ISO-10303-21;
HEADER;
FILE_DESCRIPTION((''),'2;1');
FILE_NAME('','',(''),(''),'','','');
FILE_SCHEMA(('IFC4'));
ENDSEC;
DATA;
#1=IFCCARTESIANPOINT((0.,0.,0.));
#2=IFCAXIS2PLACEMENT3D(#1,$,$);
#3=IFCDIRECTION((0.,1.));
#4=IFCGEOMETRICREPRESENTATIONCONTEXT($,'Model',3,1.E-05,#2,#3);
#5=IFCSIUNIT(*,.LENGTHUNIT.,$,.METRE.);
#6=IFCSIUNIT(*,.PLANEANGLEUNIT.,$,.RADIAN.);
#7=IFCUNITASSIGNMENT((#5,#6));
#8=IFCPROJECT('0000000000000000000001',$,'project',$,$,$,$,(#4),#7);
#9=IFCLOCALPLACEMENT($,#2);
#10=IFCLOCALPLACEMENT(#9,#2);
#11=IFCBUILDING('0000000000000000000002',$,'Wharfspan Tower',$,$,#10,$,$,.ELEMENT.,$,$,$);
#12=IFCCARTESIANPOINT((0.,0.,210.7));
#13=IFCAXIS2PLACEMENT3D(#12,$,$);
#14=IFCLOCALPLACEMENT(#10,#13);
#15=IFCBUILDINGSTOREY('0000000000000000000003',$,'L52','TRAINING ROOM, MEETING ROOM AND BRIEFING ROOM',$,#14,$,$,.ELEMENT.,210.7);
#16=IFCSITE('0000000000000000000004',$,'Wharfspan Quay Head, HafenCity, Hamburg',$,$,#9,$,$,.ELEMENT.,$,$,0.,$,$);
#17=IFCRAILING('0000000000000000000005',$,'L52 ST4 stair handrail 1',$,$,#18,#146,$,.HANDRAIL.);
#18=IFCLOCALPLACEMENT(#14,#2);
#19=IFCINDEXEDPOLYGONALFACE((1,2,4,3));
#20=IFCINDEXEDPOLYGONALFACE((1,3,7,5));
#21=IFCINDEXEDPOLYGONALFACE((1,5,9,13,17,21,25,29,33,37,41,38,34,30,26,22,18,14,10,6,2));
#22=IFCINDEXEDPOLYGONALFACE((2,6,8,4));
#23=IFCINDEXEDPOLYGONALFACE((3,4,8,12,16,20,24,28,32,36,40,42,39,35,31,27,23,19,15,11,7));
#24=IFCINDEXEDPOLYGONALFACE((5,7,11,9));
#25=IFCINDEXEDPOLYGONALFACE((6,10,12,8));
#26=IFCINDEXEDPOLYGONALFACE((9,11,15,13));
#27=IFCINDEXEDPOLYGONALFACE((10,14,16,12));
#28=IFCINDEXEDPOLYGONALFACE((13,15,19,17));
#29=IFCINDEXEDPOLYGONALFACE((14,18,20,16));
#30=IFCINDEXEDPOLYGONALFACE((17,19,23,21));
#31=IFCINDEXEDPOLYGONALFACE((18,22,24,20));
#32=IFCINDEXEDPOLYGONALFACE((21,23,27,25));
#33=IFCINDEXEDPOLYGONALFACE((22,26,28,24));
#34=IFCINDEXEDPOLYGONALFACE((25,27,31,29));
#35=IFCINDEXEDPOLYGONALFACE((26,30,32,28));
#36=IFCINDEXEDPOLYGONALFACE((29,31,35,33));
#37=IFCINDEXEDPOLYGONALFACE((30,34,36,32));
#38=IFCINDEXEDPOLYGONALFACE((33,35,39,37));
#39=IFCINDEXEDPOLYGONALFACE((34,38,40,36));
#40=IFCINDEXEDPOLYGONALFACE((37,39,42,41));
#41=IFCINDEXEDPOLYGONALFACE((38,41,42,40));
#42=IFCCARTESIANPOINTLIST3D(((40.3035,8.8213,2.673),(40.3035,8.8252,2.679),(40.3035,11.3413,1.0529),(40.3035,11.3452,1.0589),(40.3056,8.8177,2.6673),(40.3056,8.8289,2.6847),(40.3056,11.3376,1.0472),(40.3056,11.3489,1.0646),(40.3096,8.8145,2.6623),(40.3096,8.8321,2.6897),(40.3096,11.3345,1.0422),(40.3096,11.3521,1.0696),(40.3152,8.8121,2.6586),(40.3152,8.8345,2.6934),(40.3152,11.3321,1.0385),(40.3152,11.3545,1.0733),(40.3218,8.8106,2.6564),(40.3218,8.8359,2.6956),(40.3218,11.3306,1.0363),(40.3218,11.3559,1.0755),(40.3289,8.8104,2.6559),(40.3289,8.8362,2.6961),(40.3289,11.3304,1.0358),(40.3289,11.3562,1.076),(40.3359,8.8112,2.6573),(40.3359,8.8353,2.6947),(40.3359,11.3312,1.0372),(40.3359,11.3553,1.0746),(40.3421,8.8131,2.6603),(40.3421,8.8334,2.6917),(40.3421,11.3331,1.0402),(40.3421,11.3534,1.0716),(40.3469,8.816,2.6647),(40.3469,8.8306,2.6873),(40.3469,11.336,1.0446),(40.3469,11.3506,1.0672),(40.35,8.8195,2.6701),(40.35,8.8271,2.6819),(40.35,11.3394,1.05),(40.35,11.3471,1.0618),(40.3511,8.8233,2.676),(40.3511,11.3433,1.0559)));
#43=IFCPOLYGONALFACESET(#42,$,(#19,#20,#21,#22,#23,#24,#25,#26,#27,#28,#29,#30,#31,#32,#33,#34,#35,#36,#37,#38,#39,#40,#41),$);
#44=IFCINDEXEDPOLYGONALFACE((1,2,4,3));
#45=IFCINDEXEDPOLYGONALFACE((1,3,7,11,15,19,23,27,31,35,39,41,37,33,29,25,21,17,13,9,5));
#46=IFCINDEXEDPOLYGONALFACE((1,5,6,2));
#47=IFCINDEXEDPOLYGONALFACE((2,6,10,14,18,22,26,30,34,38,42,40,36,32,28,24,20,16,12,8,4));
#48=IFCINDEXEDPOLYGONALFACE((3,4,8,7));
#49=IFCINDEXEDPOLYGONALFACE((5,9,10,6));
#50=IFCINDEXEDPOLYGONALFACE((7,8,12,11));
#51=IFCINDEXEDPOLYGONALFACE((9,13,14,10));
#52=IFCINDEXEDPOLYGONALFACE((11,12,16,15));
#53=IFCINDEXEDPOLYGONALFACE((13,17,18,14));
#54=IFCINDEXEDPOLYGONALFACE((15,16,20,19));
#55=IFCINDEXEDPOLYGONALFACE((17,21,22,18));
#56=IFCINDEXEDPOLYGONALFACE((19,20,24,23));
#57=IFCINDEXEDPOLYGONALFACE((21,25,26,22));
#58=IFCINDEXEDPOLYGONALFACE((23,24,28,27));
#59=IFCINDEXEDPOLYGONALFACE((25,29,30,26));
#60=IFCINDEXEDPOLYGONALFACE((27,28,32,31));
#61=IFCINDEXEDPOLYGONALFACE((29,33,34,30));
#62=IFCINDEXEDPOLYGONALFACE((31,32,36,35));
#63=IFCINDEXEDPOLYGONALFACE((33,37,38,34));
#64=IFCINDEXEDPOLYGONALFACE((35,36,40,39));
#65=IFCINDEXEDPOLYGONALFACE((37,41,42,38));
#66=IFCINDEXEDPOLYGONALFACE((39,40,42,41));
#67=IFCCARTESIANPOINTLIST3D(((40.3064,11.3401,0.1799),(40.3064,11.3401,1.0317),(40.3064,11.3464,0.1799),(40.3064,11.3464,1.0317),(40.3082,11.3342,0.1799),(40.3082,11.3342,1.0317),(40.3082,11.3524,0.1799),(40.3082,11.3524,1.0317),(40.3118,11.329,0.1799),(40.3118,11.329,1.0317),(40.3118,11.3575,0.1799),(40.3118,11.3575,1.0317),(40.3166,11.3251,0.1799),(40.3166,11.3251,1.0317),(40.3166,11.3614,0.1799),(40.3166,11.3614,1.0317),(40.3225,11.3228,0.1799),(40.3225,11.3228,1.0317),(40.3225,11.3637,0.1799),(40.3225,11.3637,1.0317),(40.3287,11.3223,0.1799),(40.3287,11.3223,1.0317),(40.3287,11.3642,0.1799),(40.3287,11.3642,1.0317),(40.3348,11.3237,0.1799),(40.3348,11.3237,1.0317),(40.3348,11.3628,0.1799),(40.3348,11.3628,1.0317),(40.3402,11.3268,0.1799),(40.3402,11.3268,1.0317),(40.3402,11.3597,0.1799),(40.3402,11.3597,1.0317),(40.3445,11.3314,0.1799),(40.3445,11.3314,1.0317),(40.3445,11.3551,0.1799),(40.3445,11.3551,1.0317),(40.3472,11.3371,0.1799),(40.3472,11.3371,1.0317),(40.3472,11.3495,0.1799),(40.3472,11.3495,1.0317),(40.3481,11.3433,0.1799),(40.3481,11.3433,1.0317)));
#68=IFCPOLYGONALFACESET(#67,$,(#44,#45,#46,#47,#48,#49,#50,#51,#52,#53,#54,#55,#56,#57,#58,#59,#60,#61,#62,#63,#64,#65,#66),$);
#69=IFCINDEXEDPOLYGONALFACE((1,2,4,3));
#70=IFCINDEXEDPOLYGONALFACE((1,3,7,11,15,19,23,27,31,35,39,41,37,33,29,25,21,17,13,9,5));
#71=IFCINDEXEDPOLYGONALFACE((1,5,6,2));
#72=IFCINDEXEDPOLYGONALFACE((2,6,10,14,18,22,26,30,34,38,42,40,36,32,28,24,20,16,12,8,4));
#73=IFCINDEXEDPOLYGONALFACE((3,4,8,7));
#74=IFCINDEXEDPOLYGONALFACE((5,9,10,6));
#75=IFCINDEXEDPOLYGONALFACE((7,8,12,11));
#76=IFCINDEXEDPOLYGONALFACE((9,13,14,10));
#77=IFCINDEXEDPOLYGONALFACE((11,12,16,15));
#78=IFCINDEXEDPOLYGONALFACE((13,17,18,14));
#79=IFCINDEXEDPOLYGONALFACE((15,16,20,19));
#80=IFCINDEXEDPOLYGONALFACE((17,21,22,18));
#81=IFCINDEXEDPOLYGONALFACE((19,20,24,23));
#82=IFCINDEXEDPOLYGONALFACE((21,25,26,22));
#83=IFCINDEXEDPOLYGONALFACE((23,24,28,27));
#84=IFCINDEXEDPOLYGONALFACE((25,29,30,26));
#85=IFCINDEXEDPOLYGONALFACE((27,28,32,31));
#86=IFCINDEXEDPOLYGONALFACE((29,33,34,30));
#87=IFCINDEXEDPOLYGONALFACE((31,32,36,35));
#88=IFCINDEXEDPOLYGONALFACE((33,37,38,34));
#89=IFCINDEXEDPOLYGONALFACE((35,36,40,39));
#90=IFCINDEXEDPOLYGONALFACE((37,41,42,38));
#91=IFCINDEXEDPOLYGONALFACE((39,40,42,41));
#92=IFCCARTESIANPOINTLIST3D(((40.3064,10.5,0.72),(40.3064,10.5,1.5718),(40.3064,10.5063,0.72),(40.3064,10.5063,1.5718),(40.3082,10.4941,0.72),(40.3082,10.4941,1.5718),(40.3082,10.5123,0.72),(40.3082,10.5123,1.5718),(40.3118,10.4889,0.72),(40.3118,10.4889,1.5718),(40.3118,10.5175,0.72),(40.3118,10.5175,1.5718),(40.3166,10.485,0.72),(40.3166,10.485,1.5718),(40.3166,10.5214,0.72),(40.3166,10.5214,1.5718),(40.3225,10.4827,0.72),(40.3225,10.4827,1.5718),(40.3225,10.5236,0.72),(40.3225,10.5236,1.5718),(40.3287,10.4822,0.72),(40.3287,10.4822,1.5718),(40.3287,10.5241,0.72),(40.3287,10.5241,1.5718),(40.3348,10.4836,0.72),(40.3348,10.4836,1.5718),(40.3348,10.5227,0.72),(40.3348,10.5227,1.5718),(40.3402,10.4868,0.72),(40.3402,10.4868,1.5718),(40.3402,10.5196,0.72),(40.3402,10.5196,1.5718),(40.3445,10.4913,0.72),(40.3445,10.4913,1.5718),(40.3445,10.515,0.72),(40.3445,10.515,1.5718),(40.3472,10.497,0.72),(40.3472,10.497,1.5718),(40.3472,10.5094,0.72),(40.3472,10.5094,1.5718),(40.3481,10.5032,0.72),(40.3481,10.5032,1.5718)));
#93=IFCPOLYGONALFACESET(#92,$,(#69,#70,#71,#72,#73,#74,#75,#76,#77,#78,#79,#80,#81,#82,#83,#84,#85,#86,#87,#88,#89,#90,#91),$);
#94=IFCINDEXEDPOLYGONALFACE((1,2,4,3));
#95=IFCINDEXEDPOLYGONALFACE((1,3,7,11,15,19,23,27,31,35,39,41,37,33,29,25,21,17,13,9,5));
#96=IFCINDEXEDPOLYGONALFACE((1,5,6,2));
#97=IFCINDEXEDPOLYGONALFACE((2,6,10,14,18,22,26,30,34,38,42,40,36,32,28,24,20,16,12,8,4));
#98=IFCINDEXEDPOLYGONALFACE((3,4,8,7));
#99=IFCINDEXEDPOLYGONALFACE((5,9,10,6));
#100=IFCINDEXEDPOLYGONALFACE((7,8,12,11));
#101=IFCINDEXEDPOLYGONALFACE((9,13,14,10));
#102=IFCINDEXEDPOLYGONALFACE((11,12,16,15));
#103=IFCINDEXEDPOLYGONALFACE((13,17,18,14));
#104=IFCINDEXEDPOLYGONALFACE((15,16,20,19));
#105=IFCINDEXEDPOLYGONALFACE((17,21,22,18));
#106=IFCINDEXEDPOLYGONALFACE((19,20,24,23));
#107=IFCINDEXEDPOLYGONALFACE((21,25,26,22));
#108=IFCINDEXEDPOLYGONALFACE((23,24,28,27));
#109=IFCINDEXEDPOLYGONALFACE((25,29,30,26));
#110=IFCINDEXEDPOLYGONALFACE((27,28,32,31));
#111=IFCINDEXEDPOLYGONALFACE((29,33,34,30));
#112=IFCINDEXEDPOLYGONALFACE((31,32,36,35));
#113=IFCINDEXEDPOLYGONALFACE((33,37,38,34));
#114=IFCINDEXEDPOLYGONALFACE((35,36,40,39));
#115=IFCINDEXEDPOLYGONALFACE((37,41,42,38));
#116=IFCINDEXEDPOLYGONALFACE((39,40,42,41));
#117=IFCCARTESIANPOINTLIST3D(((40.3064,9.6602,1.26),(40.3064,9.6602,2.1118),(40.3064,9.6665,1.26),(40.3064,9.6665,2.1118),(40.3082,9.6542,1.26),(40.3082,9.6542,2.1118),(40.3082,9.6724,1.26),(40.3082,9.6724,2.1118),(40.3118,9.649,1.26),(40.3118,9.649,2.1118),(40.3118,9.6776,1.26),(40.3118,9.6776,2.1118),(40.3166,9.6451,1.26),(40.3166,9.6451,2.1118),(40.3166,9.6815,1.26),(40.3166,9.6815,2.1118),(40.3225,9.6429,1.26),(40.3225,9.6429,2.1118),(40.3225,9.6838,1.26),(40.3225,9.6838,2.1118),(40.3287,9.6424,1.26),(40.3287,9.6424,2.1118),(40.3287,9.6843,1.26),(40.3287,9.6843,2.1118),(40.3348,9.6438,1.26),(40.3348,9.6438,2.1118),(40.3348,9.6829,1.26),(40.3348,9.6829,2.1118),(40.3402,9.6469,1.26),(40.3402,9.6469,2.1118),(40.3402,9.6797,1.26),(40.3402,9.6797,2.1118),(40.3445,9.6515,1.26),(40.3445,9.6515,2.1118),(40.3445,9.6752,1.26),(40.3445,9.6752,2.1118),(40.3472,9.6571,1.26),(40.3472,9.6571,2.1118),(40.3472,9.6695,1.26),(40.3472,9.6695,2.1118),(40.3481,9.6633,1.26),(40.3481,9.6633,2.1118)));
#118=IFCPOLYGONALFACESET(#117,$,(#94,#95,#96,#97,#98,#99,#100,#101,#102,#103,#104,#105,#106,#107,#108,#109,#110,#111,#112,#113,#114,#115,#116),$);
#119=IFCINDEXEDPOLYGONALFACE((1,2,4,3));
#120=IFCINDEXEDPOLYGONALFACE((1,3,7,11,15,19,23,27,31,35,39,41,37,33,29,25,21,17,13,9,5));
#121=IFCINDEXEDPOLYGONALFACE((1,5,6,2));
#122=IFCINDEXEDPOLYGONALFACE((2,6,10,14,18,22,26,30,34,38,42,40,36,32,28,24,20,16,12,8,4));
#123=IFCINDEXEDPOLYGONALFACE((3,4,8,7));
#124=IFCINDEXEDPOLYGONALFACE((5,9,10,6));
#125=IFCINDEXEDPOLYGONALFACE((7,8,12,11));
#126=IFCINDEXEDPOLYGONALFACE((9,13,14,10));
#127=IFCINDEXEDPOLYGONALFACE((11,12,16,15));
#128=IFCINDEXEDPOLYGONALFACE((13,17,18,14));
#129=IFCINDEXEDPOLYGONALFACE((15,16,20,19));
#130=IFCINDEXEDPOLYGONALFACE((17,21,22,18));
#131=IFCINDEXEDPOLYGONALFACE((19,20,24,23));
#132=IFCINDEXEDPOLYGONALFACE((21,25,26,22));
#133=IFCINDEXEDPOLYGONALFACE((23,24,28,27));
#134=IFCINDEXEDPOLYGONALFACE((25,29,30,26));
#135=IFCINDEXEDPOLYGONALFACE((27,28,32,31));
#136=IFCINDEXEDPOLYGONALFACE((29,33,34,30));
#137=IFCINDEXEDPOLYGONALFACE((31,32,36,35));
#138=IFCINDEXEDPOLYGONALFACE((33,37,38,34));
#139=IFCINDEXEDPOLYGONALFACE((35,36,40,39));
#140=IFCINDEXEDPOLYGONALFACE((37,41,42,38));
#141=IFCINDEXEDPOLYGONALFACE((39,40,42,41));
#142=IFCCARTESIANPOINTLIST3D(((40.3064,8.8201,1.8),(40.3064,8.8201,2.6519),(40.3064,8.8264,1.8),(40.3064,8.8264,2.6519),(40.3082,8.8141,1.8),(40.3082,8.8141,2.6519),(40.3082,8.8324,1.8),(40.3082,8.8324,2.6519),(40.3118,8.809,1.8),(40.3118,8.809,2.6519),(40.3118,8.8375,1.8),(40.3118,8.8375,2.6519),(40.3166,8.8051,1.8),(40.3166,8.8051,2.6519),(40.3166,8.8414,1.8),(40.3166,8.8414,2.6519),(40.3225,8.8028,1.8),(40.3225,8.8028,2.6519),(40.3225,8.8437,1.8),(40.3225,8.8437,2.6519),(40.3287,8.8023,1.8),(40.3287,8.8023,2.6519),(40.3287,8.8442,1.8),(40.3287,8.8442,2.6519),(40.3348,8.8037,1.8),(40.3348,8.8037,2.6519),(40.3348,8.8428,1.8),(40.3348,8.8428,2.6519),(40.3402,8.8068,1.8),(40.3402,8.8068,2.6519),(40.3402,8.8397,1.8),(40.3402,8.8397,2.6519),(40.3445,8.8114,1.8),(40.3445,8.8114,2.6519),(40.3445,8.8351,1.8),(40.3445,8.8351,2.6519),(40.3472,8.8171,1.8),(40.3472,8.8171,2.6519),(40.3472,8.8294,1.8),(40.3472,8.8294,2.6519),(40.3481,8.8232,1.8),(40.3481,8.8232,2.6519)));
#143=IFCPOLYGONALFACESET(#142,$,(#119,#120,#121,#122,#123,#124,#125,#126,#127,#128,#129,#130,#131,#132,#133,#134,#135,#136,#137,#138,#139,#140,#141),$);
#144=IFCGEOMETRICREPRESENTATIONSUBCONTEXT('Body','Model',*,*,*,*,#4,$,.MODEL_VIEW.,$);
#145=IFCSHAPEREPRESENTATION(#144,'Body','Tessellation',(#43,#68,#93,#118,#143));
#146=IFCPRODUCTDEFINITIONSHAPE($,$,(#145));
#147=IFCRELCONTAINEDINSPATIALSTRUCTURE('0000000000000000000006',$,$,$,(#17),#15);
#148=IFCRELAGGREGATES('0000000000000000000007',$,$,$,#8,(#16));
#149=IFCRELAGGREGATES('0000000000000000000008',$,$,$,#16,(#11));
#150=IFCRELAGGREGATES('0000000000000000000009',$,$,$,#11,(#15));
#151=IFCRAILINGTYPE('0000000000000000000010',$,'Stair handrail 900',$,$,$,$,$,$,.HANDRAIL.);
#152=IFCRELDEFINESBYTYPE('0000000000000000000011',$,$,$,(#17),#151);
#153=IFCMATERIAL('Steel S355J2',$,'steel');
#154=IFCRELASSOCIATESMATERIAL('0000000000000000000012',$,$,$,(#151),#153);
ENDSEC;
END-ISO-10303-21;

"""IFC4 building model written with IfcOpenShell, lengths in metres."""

from ifc_helpers import new_model, si_unit, direction, frame, origin, origin_2d, place, context, subcontext, project, spatial, circle, extrude, material, type_object, element, save


model = new_model("IFC4")

# Units and contexts
model_context = context("Model", 3, precision=1e-05, world=origin(), true_north=direction((0.0, 1.0)))
body_context = subcontext(model_context, "Body", "Model", "MODEL_VIEW")
ifc_project = project(units=[si_unit("LENGTHUNIT", "METRE"), si_unit("PLANEANGLEUNIT", "RADIAN")], contexts=[model_context])

# Site, building, storey
site_placement = place(None, origin())
site = spatial("IfcSite", under=ifc_project, at=site_placement, Name="Wharfspan Quay Head, HafenCity, Hamburg", CompositionType="ELEMENT", RefElevation=0.0)
building_placement = place(site_placement, origin())
building = spatial("IfcBuilding", under=site, at=building_placement, Name="Wharfspan Tower", CompositionType="ELEMENT")
storey_placement = place(building_placement, frame((0.0, 0.0, 210.7)))
storey = spatial("IfcBuildingStorey", under=building, at=storey_placement, Name="L52", Description="TRAINING ROOM, MEETING ROOM AND BRIEFING ROOM", CompositionType="ELEMENT", Elevation=210.7)

# Shared definitions
ifc_material_1 = material(Name="Steel S355J2", Category="steel")

# Railing
railing_type_1 = type_object("IfcRailingType", Name="Stair handrail 900", PredefinedType="HANDRAIL", material=ifc_material_1)
railing_1_placement = place(storey_placement, frame((40.3271, 11.3433, 0.1799)))
element("IfcRailing", 1, at=railing_1_placement, inside=storey, type_object=railing_type_1, Name="L52 ST4 stair handrail 1", PredefinedType="HANDRAIL", context=body_context, shape_type="SweptSolid", body=[
    extrude(circle(Radius=0.0239, at=origin_2d()), frame((0.0, 0.0, 0.876), z_axis=(0.0, -0.841163, 0.540782), x_axis=(1.0, 0.0, 0.0)), (0.0, 0.0, 1.0), 2.9958),
    extrude(circle(Radius=0.021, at=origin_2d()), origin(), (0.0, 0.0, 1.0), 0.8518),
    extrude(circle(Radius=0.021, at=origin_2d()), frame((0.0, -0.8401, 0.54)), (0.0, 0.0, 1.0), 0.8518),
    extrude(circle(Radius=0.021, at=origin_2d()), frame((0.0, -1.6799, 1.0801)), (0.0, 0.0, 1.0), 0.8518),
    extrude(circle(Radius=0.021, at=origin_2d()), frame((0.0, -2.52, 1.6201)), (0.0, 0.0, 1.0), 0.8518),
])

save(model, "model.ifc")
